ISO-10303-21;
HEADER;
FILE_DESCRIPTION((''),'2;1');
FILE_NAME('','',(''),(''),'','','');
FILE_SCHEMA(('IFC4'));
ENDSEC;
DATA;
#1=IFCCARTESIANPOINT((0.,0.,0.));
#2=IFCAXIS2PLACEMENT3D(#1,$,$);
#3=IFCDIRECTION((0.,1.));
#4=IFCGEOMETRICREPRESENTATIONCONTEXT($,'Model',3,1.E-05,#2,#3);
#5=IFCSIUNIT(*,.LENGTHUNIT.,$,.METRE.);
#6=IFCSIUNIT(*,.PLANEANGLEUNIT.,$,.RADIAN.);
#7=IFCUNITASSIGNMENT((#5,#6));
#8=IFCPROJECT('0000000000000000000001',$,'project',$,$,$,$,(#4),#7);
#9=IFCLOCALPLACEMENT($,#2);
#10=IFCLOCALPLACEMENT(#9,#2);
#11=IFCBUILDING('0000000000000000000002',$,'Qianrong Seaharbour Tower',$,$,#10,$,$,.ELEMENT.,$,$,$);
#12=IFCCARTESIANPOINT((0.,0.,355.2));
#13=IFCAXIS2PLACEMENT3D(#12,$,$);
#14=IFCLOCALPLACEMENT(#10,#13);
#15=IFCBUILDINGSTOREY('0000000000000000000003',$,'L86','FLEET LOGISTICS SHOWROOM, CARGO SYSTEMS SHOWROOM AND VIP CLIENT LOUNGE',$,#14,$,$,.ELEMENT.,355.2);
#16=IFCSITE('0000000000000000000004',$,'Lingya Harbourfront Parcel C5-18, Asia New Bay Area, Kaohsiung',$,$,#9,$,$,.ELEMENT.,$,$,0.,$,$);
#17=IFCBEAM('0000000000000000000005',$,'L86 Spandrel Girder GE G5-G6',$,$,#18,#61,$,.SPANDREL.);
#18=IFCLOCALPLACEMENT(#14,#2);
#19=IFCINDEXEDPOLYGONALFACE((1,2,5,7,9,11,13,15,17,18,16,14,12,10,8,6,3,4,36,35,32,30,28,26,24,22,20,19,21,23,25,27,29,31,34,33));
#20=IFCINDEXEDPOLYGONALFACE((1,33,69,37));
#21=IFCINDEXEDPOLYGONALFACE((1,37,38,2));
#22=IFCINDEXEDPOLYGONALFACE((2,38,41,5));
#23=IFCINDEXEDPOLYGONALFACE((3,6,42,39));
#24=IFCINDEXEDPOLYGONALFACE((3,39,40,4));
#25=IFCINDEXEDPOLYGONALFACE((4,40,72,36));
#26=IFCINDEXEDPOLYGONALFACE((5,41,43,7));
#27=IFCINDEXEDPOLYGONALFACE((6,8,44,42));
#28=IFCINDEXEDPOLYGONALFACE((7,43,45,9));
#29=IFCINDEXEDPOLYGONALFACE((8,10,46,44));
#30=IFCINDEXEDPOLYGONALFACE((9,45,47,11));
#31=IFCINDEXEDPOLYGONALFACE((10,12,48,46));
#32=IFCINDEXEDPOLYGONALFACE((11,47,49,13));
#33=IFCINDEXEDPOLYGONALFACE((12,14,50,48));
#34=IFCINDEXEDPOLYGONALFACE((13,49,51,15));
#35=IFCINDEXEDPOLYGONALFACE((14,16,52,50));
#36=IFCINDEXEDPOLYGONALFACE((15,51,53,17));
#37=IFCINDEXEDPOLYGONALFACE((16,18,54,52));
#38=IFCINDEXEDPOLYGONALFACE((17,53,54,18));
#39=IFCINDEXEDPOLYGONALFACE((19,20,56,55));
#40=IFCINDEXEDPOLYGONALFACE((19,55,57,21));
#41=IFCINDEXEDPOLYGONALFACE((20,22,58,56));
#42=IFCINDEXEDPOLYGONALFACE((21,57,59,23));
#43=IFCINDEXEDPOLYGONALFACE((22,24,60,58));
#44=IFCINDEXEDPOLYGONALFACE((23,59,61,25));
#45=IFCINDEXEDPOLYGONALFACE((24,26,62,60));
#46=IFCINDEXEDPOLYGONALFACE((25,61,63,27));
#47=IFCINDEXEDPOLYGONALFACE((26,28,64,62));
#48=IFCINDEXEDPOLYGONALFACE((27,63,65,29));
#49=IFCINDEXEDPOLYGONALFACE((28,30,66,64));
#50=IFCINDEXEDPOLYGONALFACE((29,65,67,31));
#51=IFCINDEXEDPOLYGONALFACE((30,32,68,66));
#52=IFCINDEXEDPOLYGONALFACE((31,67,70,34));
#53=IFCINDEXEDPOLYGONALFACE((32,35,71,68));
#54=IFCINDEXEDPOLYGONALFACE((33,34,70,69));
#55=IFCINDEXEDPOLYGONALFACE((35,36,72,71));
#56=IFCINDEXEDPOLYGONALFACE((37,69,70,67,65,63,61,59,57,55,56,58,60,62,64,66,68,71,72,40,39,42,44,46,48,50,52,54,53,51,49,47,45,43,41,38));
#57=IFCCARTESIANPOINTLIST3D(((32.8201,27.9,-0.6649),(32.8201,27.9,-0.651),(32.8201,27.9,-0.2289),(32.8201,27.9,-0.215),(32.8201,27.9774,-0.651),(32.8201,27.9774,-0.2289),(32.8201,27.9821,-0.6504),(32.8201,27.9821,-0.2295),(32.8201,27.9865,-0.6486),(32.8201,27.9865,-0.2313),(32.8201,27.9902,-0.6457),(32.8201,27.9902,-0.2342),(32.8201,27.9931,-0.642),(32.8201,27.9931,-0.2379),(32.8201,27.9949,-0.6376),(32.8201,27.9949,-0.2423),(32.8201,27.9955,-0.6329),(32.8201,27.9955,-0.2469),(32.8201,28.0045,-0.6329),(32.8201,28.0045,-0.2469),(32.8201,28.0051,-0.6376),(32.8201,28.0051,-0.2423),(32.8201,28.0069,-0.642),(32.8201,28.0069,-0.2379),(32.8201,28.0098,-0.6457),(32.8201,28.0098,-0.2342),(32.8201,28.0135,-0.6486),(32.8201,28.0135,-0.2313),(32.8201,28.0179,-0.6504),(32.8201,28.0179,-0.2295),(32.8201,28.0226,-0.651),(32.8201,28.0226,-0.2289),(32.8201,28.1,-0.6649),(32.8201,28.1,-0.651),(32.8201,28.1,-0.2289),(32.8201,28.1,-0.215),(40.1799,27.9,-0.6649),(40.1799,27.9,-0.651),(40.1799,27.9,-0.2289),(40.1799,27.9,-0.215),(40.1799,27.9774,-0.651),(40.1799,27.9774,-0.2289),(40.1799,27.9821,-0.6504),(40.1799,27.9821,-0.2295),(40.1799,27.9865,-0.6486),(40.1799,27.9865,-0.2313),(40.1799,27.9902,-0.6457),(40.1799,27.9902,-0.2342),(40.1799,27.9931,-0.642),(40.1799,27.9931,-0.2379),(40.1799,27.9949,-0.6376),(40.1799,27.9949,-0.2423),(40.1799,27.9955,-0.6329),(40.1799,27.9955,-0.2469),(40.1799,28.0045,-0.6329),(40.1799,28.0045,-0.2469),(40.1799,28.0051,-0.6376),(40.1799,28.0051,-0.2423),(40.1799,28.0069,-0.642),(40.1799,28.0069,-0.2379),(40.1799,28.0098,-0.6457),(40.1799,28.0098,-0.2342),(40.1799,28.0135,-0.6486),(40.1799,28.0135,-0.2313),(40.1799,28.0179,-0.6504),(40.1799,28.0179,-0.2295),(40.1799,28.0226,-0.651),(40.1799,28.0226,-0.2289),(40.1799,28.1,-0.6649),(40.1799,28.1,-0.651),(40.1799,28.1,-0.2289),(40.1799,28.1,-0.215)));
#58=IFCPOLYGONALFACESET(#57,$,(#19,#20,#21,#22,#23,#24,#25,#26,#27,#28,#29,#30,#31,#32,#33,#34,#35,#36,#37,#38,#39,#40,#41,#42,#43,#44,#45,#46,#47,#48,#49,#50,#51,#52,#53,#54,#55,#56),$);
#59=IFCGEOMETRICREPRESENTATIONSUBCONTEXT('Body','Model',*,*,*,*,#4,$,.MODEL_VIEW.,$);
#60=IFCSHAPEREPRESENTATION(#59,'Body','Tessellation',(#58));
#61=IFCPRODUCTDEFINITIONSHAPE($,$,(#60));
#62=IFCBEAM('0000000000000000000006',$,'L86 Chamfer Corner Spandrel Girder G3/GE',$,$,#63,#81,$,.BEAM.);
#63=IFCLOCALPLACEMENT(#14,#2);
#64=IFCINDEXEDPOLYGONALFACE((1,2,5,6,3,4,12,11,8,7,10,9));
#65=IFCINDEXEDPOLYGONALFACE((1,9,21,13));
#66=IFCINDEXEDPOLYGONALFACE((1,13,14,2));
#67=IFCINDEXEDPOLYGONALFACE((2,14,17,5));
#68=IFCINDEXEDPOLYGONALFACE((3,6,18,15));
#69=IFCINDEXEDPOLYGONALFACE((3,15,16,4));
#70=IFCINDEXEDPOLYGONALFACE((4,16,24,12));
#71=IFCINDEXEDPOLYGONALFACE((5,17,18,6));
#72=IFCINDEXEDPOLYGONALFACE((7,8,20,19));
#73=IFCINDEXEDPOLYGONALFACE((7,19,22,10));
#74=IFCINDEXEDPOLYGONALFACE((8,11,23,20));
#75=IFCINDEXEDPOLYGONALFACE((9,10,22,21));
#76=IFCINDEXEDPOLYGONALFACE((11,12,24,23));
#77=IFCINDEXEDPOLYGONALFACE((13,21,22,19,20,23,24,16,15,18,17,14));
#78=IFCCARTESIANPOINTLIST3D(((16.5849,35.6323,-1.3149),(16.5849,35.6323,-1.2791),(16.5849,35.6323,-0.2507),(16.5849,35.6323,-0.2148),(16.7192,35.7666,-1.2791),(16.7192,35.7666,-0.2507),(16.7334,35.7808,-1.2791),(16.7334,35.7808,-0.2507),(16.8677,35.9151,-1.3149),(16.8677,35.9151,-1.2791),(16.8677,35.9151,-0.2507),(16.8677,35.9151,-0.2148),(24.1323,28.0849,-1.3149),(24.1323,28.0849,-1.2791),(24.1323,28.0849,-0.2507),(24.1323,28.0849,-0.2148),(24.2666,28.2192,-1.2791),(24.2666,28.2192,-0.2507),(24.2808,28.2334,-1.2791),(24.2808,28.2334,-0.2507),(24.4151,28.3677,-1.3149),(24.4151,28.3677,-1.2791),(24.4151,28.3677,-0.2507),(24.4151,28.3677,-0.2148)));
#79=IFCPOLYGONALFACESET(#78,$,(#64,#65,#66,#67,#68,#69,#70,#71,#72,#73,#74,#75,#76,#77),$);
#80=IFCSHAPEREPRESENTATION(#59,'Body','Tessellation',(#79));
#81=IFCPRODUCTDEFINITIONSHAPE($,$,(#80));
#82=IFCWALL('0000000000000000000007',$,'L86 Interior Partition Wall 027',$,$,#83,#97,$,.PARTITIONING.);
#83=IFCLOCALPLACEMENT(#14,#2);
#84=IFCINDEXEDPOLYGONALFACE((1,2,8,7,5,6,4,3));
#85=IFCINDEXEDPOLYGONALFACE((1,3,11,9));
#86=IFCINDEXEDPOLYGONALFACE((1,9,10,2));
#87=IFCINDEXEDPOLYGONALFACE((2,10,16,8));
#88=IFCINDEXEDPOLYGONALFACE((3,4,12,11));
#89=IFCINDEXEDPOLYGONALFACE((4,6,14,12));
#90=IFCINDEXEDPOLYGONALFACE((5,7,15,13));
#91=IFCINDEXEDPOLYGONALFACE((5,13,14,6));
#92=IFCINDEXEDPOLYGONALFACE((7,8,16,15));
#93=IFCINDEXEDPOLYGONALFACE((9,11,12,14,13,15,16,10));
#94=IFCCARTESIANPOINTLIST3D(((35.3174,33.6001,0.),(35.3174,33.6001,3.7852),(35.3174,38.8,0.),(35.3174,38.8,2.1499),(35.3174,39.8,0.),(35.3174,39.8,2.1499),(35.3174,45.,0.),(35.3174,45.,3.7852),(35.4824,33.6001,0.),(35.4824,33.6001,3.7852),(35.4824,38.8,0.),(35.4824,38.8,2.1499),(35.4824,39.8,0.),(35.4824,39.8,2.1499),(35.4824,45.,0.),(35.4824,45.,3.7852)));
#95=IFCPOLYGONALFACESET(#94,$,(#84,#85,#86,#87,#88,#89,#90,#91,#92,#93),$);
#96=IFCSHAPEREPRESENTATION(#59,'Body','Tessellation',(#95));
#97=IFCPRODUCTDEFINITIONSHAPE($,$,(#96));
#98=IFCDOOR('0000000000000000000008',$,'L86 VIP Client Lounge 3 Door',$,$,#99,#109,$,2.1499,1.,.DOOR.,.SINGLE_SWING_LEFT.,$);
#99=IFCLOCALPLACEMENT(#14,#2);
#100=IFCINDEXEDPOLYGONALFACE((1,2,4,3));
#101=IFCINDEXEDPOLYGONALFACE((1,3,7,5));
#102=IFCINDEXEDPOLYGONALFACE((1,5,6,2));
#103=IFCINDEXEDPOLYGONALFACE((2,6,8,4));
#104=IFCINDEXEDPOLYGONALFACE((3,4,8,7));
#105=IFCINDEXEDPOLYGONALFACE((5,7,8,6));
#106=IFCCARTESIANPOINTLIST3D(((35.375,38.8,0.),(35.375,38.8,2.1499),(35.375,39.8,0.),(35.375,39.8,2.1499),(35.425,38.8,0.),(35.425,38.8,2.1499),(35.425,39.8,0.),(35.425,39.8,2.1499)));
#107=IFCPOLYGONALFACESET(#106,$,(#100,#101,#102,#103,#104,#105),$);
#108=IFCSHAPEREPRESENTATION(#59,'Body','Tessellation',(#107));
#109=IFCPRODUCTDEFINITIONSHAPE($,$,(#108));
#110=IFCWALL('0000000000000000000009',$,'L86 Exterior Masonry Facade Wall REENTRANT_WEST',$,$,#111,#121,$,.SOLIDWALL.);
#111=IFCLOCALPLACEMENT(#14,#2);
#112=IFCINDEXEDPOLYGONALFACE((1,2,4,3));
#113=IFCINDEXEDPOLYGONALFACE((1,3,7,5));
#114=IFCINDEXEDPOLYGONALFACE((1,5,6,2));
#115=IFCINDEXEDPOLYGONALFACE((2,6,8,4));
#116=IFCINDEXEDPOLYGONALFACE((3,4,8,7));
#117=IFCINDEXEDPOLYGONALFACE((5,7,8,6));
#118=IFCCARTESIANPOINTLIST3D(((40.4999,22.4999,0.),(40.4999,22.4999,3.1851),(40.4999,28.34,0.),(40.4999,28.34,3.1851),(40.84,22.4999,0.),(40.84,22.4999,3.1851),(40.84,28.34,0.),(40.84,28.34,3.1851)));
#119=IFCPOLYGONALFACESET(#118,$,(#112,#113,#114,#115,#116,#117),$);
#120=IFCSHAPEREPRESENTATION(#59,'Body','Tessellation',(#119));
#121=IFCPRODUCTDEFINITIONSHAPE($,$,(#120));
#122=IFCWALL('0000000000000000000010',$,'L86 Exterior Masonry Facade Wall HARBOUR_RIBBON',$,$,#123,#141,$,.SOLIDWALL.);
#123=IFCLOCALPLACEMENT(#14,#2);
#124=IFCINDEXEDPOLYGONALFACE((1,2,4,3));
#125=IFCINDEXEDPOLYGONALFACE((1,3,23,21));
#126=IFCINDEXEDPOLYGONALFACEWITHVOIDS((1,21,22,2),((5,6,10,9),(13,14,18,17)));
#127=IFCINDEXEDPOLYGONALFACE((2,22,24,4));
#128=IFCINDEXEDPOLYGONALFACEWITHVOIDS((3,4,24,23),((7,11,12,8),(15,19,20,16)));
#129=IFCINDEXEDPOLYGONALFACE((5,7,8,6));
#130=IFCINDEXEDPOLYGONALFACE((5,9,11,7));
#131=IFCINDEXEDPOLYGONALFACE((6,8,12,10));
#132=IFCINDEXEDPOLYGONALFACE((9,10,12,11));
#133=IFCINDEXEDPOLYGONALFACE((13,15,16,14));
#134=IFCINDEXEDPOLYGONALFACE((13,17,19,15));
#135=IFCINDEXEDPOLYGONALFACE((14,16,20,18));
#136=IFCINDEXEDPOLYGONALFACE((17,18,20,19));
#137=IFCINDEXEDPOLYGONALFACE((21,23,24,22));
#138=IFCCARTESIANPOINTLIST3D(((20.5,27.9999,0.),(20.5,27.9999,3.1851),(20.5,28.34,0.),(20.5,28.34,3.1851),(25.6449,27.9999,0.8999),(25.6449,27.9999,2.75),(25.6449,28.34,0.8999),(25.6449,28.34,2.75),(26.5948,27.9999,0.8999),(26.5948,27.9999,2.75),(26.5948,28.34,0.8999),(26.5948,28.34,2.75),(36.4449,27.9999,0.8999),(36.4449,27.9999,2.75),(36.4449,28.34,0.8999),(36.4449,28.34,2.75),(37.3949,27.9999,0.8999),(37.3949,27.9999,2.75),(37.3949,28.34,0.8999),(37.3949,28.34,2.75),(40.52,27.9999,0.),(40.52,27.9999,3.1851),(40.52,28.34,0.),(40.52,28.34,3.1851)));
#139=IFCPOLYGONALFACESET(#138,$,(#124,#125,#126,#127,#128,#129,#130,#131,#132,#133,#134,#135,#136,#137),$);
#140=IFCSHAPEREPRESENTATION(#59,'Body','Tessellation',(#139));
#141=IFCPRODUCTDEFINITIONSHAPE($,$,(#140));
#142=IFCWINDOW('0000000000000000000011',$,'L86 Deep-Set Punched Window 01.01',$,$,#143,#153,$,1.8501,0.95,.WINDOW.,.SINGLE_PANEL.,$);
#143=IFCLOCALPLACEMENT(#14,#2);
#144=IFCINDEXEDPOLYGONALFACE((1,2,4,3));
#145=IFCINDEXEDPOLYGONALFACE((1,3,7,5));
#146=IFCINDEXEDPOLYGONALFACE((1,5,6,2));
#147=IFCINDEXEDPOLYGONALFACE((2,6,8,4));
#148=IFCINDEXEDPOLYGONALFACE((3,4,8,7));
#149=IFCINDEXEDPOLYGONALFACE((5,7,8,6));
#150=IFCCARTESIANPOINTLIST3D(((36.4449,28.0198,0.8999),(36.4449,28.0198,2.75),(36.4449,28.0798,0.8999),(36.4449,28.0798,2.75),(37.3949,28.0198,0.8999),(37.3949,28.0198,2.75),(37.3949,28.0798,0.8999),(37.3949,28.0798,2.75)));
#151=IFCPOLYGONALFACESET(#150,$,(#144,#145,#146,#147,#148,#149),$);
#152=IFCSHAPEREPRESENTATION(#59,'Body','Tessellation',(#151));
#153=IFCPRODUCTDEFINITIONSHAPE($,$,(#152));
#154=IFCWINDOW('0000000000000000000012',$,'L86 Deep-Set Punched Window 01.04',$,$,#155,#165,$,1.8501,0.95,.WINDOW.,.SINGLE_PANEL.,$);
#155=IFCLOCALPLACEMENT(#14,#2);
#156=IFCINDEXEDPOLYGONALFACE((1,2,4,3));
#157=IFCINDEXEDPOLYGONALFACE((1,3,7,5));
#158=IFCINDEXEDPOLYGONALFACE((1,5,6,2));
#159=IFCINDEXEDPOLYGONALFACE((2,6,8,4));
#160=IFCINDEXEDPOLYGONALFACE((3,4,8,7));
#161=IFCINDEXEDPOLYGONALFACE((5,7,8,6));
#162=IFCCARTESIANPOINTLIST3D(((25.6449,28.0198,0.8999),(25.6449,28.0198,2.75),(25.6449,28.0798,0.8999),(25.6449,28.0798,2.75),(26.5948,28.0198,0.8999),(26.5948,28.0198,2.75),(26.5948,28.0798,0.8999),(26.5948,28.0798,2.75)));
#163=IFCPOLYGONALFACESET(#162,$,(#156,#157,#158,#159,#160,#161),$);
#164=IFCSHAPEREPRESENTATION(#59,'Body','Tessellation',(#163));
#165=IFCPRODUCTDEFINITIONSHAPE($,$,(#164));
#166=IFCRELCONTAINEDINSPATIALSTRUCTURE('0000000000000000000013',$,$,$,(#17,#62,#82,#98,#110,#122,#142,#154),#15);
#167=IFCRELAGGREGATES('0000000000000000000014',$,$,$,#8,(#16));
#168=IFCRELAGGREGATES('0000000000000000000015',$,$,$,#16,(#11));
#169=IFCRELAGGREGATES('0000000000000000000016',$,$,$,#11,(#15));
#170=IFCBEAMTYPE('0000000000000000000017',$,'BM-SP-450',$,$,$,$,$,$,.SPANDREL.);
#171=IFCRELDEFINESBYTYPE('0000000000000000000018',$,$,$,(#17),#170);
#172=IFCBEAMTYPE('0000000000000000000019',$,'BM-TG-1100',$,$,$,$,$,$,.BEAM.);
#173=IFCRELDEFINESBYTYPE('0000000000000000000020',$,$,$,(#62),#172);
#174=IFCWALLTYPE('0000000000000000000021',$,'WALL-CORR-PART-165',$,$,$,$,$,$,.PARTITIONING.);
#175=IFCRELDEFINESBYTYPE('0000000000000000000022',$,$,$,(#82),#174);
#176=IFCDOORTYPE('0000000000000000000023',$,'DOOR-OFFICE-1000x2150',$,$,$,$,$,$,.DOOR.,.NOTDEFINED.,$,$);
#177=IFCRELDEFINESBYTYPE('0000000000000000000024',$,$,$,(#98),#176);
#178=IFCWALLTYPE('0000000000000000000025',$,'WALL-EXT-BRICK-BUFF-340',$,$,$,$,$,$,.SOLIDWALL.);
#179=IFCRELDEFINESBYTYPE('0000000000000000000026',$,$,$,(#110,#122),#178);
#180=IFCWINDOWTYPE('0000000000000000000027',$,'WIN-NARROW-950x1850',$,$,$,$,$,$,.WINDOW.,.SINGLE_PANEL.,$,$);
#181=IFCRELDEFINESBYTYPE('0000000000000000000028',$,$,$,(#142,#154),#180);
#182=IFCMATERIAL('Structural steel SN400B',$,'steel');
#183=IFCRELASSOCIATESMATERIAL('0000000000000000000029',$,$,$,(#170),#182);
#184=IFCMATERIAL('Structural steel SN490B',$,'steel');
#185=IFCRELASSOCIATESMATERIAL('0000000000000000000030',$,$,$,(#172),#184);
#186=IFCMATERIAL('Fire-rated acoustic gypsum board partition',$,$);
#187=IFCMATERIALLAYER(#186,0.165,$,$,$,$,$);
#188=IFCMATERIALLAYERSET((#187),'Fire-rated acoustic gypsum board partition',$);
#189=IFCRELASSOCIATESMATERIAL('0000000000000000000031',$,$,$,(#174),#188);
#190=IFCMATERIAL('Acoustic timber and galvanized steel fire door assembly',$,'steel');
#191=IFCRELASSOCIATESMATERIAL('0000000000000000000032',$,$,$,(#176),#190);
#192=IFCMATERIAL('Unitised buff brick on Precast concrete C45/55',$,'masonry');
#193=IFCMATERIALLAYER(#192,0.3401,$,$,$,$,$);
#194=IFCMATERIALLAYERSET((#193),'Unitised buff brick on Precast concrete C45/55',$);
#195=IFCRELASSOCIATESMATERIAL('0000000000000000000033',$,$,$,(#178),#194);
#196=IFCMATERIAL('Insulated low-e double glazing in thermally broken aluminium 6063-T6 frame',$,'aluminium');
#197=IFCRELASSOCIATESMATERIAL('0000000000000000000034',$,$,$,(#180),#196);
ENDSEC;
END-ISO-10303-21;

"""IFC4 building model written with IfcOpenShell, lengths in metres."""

from ifc_helpers import new_model, si_unit, direction, frame, frame_2d, origin, origin_2d, place, context, subcontext, project, spatial, rectangle, i_section, extrude, material, layer, layer_set, material_profile, profile_set, type_object, element, fill, save


model = new_model("IFC4")

# Units and contexts
model_context = context("Model", 3, precision=1e-05, world=origin(), true_north=direction((0.0, 1.0)))
body_context = subcontext(model_context, "Body", "Model", "MODEL_VIEW")
ifc_project = project(units=[si_unit("LENGTHUNIT", "METRE"), si_unit("PLANEANGLEUNIT", "RADIAN")], contexts=[model_context])

# Site, building, storey
site_placement = place(None, origin())
site = spatial("IfcSite", under=ifc_project, at=site_placement, Name="Lingya Harbourfront Parcel C5-18, Asia New Bay Area, Kaohsiung", CompositionType="ELEMENT", RefElevation=0.0)
building_placement = place(site_placement, origin())
building = spatial("IfcBuilding", under=site, at=building_placement, Name="Qianrong Seaharbour Tower", CompositionType="ELEMENT")
storey_placement = place(building_placement, frame((0.0, 0.0, 355.2)))
storey = spatial("IfcBuildingStorey", under=building, at=storey_placement, Name="L86", Description="FLEET LOGISTICS SHOWROOM, CARGO SYSTEMS SHOWROOM AND VIP CLIENT LOUNGE", CompositionType="ELEMENT", Elevation=355.2)

# Shared definitions
ifc_material_1 = material(Name="Structural steel SN490B", Category="steel")
ifc_material_2 = material(Name="Structural steel SN400B", Category="steel")

# Beams
ifc_material_profile_1 = material_profile(ifc_material_2, i_section(OverallWidth=0.2, OverallDepth=0.45, WebThickness=0.009, FlangeThickness=0.0139, FilletRadius=0.0181, at=origin_2d()), Name="H450x200x9x14")
ifc_profile_set_1 = profile_set([ifc_material_profile_1], Name="Structural steel SN400B")
beam_type_1 = type_object("IfcBeamType", Name="BM-SP-450", PredefinedType="SPANDREL", material=ifc_profile_set_1)
for number, where, z_axis, x_axis, name in (
    (1, (32.8201, 28.0, -0.4399), (1.0, 0.0, 0.0), (0.0, 1.0, 0.0), "L86 Spandrel Girder GE G5-G6"),
):
    element("IfcBeam", number, at=place(storey_placement, frame(where, z_axis=z_axis, x_axis=x_axis)), inside=storey, type_object=beam_type_1, Name=name, PredefinedType="SPANDREL", context=body_context, shape_type="SweptSolid", body=[
        extrude(i_section(OverallWidth=0.2, OverallDepth=0.45, WebThickness=0.009, FlangeThickness=0.0139, FilletRadius=0.0181, at=origin_2d()), origin(), (0.0, 0.0, 1.0), 7.3599),
    ])
ifc_material_profile_2 = material_profile(ifc_material_1, i_section(OverallWidth=0.3999, OverallDepth=1.1001, WebThickness=0.02, FlangeThickness=0.0359, at=origin_2d()), Name="BH1100x400x20x36")
ifc_profile_set_2 = profile_set([ifc_material_profile_2], Name="Structural steel SN490B")
beam_type_2 = type_object("IfcBeamType", Name="BM-TG-1100", PredefinedType="BEAM", material=ifc_profile_set_2)
beam_placement = place(storey_placement, frame((24.2737, 28.2263, -0.7649), z_axis=(-0.707107, 0.707107, 0.0), x_axis=(-0.707107, -0.707107, 0.0)))
element("IfcBeam", 2, at=beam_placement, inside=storey, type_object=beam_type_2, Name="L86 Chamfer Corner Spandrel Girder G3/GE", PredefinedType="BEAM", context=body_context, shape_type="SweptSolid", body=[
    extrude(i_section(OverallWidth=0.3999, OverallDepth=1.1001, WebThickness=0.02, FlangeThickness=0.0359, at=origin_2d()), origin(), (0.0, 0.0, 1.0), 10.6736),
])

# Wall, opening, door
ifc_material_3 = material(Name="Fire-rated acoustic gypsum board partition")
ifc_layer_1 = layer(ifc_material_3, 0.165)
ifc_layer_set_1 = layer_set([ifc_layer_1], Name="Fire-rated acoustic gypsum board partition")
wall_type_1 = type_object("IfcWallType", Name="WALL-CORR-PART-165", PredefinedType="PARTITIONING", material=ifc_layer_set_1)
wall_1_placement = place(storey_placement, frame((35.3999, 33.6001, 0.0), z_axis=(0.0, 0.0, 1.0), x_axis=(0.0, 1.0, 0.0)))
wall_1 = element("IfcWall", 3, at=wall_1_placement, inside=storey, type_object=wall_type_1, Name="L86 Interior Partition Wall 027", PredefinedType="PARTITIONING", context=body_context, shape_type="SweptSolid", body=[
    extrude(rectangle(XDim=11.3999, YDim=0.165, at=frame_2d((5.7, 0.0))), origin(), (0.0, 0.0, 1.0), 3.7852),
])
opening_1_placement = place(wall_1_placement, frame((5.2, 0.0, 0.0)))
opening_1 = element("IfcOpeningElement", 4, at=opening_1_placement, cuts=wall_1, PredefinedType="OPENING", context=body_context, shape_type="SweptSolid", body=[
    extrude(rectangle(XDim=1.0, YDim=2.1499, at=frame_2d((0.5, 1.075))), frame((0.0, 0.0925, 0.0), z_axis=(0.0, -1.0, 0.0), x_axis=(1.0, 0.0, 0.0)), (0.0, 0.0, 1.0), 0.1851),
])
ifc_material_4 = material(Name="Acoustic timber and galvanized steel fire door assembly", Category="steel")
door_type = type_object("IfcDoorType", Name="DOOR-OFFICE-1000x2150", OperationType="NOTDEFINED", PredefinedType="DOOR", material=ifc_material_4)
door_placement = place(opening_1_placement, origin())
door = element("IfcDoor", 5, at=door_placement, inside=storey, type_object=door_type, Name="L86 VIP Client Lounge 3 Door", OperationType="SINGLE_SWING_LEFT", OverallHeight=2.1499, OverallWidth=1.0, PredefinedType="DOOR", context=body_context, shape_type="SweptSolid", body=[
    extrude(rectangle(XDim=1.0, YDim=2.1499, at=frame_2d((0.5, 1.075))), frame((0.0, 0.0249, 0.0), z_axis=(0.0, -1.0, 0.0), x_axis=(1.0, 0.0, 0.0)), (0.0, 0.0, 1.0), 0.05),
])
fill(opening_1, door)

# Wall
ifc_material_5 = material(Name="Unitised buff brick on Precast concrete C45/55", Category="masonry")
ifc_layer_2 = layer(ifc_material_5, 0.3401)
ifc_layer_set_2 = layer_set([ifc_layer_2], Name="Unitised buff brick on Precast concrete C45/55")
wall_type_2 = type_object("IfcWallType", Name="WALL-EXT-BRICK-BUFF-340", PredefinedType="SOLIDWALL", material=ifc_layer_set_2)
wall_2_placement = place(storey_placement, frame((40.6699, 22.5, 0.0), z_axis=(0.0, 0.0, 1.0), x_axis=(0.0, 1.0, 0.0)))
element("IfcWall", 6, at=wall_2_placement, inside=storey, type_object=wall_type_2, Name="L86 Exterior Masonry Facade Wall REENTRANT_WEST", PredefinedType="SOLIDWALL", context=body_context, shape_type="SweptSolid", body=[
    extrude(rectangle(XDim=5.8401, YDim=0.3401, at=frame_2d((2.9199, 0.0))), origin(), (0.0, 0.0, 1.0), 3.1851),
])

# Wall, openings, windows
wall_3_placement = place(storey_placement, frame((40.52, 28.1699, 0.0), z_axis=(0.0, 0.0, 1.0), x_axis=(-1.0, 0.0, 0.0)))
wall_3 = element("IfcWall", 7, at=wall_3_placement, inside=storey, type_object=wall_type_2, Name="L86 Exterior Masonry Facade Wall HARBOUR_RIBBON", PredefinedType="SOLIDWALL", context=body_context, shape_type="SweptSolid", body=[
    extrude(rectangle(XDim=20.02, YDim=0.3401, at=frame_2d((10.01, 0.0))), origin(), (0.0, 0.0, 1.0), 3.1851),
])
opening_2_placement = place(wall_3_placement, frame((3.125, 0.0, 0.8999)))
opening_2 = element("IfcOpeningElement", 8, at=opening_2_placement, cuts=wall_3, PredefinedType="OPENING", context=body_context, shape_type="SweptSolid", body=[
    extrude(rectangle(XDim=0.95, YDim=1.8501, at=frame_2d((0.4751, 0.925))), frame((0.0, 0.1802, 0.0), z_axis=(0.0, -1.0, 0.0), x_axis=(1.0, 0.0, 0.0)), (0.0, 0.0, 1.0), 0.3601),
])
opening_3_placement = place(wall_3_placement, frame((13.925, 0.0, 0.8999)))
opening_3 = element("IfcOpeningElement", 9, at=opening_3_placement, cuts=wall_3, PredefinedType="OPENING", context=body_context, shape_type="SweptSolid", body=[
    extrude(rectangle(XDim=0.95, YDim=1.8501, at=frame_2d((0.4751, 0.925))), frame((0.0, 0.1802, 0.0), z_axis=(0.0, -1.0, 0.0), x_axis=(1.0, 0.0, 0.0)), (0.0, 0.0, 1.0), 0.3601),
])
ifc_material_6 = material(Name="Insulated low-e double glazing in thermally broken aluminium 6063-T6 frame", Category="aluminium")
window_type = type_object("IfcWindowType", Name="WIN-NARROW-950x1850", PartitioningType="SINGLE_PANEL", PredefinedType="WINDOW", material=ifc_material_6)
window_1_placement = place(opening_2_placement, origin())
window_1 = element("IfcWindow", 10, at=window_1_placement, inside=storey, type_object=window_type, Name="L86 Deep-Set Punched Window 01.01", OverallHeight=1.8501, OverallWidth=0.95, PartitioningType="SINGLE_PANEL", PredefinedType="WINDOW", context=body_context, shape_type="SweptSolid", body=[
    extrude(rectangle(XDim=0.95, YDim=1.8501, at=frame_2d((0.4751, 0.925))), frame((0.0, 0.1501, 0.0), z_axis=(0.0, -1.0, 0.0), x_axis=(1.0, 0.0, 0.0)), (0.0, 0.0, 1.0), 0.0601),
])
fill(opening_2, window_1)
window_2_placement = place(opening_3_placement, origin())
window_2 = element("IfcWindow", 11, at=window_2_placement, inside=storey, type_object=window_type, Name="L86 Deep-Set Punched Window 01.04", OverallHeight=1.8501, OverallWidth=0.95, PartitioningType="SINGLE_PANEL", PredefinedType="WINDOW", context=body_context, shape_type="SweptSolid", body=[
    extrude(rectangle(XDim=0.95, YDim=1.8501, at=frame_2d((0.4751, 0.925))), frame((0.0, 0.1501, 0.0), z_axis=(0.0, -1.0, 0.0), x_axis=(1.0, 0.0, 0.0)), (0.0, 0.0, 1.0), 0.0601),
])
fill(opening_3, window_2)

save(model, "model.ifc")
